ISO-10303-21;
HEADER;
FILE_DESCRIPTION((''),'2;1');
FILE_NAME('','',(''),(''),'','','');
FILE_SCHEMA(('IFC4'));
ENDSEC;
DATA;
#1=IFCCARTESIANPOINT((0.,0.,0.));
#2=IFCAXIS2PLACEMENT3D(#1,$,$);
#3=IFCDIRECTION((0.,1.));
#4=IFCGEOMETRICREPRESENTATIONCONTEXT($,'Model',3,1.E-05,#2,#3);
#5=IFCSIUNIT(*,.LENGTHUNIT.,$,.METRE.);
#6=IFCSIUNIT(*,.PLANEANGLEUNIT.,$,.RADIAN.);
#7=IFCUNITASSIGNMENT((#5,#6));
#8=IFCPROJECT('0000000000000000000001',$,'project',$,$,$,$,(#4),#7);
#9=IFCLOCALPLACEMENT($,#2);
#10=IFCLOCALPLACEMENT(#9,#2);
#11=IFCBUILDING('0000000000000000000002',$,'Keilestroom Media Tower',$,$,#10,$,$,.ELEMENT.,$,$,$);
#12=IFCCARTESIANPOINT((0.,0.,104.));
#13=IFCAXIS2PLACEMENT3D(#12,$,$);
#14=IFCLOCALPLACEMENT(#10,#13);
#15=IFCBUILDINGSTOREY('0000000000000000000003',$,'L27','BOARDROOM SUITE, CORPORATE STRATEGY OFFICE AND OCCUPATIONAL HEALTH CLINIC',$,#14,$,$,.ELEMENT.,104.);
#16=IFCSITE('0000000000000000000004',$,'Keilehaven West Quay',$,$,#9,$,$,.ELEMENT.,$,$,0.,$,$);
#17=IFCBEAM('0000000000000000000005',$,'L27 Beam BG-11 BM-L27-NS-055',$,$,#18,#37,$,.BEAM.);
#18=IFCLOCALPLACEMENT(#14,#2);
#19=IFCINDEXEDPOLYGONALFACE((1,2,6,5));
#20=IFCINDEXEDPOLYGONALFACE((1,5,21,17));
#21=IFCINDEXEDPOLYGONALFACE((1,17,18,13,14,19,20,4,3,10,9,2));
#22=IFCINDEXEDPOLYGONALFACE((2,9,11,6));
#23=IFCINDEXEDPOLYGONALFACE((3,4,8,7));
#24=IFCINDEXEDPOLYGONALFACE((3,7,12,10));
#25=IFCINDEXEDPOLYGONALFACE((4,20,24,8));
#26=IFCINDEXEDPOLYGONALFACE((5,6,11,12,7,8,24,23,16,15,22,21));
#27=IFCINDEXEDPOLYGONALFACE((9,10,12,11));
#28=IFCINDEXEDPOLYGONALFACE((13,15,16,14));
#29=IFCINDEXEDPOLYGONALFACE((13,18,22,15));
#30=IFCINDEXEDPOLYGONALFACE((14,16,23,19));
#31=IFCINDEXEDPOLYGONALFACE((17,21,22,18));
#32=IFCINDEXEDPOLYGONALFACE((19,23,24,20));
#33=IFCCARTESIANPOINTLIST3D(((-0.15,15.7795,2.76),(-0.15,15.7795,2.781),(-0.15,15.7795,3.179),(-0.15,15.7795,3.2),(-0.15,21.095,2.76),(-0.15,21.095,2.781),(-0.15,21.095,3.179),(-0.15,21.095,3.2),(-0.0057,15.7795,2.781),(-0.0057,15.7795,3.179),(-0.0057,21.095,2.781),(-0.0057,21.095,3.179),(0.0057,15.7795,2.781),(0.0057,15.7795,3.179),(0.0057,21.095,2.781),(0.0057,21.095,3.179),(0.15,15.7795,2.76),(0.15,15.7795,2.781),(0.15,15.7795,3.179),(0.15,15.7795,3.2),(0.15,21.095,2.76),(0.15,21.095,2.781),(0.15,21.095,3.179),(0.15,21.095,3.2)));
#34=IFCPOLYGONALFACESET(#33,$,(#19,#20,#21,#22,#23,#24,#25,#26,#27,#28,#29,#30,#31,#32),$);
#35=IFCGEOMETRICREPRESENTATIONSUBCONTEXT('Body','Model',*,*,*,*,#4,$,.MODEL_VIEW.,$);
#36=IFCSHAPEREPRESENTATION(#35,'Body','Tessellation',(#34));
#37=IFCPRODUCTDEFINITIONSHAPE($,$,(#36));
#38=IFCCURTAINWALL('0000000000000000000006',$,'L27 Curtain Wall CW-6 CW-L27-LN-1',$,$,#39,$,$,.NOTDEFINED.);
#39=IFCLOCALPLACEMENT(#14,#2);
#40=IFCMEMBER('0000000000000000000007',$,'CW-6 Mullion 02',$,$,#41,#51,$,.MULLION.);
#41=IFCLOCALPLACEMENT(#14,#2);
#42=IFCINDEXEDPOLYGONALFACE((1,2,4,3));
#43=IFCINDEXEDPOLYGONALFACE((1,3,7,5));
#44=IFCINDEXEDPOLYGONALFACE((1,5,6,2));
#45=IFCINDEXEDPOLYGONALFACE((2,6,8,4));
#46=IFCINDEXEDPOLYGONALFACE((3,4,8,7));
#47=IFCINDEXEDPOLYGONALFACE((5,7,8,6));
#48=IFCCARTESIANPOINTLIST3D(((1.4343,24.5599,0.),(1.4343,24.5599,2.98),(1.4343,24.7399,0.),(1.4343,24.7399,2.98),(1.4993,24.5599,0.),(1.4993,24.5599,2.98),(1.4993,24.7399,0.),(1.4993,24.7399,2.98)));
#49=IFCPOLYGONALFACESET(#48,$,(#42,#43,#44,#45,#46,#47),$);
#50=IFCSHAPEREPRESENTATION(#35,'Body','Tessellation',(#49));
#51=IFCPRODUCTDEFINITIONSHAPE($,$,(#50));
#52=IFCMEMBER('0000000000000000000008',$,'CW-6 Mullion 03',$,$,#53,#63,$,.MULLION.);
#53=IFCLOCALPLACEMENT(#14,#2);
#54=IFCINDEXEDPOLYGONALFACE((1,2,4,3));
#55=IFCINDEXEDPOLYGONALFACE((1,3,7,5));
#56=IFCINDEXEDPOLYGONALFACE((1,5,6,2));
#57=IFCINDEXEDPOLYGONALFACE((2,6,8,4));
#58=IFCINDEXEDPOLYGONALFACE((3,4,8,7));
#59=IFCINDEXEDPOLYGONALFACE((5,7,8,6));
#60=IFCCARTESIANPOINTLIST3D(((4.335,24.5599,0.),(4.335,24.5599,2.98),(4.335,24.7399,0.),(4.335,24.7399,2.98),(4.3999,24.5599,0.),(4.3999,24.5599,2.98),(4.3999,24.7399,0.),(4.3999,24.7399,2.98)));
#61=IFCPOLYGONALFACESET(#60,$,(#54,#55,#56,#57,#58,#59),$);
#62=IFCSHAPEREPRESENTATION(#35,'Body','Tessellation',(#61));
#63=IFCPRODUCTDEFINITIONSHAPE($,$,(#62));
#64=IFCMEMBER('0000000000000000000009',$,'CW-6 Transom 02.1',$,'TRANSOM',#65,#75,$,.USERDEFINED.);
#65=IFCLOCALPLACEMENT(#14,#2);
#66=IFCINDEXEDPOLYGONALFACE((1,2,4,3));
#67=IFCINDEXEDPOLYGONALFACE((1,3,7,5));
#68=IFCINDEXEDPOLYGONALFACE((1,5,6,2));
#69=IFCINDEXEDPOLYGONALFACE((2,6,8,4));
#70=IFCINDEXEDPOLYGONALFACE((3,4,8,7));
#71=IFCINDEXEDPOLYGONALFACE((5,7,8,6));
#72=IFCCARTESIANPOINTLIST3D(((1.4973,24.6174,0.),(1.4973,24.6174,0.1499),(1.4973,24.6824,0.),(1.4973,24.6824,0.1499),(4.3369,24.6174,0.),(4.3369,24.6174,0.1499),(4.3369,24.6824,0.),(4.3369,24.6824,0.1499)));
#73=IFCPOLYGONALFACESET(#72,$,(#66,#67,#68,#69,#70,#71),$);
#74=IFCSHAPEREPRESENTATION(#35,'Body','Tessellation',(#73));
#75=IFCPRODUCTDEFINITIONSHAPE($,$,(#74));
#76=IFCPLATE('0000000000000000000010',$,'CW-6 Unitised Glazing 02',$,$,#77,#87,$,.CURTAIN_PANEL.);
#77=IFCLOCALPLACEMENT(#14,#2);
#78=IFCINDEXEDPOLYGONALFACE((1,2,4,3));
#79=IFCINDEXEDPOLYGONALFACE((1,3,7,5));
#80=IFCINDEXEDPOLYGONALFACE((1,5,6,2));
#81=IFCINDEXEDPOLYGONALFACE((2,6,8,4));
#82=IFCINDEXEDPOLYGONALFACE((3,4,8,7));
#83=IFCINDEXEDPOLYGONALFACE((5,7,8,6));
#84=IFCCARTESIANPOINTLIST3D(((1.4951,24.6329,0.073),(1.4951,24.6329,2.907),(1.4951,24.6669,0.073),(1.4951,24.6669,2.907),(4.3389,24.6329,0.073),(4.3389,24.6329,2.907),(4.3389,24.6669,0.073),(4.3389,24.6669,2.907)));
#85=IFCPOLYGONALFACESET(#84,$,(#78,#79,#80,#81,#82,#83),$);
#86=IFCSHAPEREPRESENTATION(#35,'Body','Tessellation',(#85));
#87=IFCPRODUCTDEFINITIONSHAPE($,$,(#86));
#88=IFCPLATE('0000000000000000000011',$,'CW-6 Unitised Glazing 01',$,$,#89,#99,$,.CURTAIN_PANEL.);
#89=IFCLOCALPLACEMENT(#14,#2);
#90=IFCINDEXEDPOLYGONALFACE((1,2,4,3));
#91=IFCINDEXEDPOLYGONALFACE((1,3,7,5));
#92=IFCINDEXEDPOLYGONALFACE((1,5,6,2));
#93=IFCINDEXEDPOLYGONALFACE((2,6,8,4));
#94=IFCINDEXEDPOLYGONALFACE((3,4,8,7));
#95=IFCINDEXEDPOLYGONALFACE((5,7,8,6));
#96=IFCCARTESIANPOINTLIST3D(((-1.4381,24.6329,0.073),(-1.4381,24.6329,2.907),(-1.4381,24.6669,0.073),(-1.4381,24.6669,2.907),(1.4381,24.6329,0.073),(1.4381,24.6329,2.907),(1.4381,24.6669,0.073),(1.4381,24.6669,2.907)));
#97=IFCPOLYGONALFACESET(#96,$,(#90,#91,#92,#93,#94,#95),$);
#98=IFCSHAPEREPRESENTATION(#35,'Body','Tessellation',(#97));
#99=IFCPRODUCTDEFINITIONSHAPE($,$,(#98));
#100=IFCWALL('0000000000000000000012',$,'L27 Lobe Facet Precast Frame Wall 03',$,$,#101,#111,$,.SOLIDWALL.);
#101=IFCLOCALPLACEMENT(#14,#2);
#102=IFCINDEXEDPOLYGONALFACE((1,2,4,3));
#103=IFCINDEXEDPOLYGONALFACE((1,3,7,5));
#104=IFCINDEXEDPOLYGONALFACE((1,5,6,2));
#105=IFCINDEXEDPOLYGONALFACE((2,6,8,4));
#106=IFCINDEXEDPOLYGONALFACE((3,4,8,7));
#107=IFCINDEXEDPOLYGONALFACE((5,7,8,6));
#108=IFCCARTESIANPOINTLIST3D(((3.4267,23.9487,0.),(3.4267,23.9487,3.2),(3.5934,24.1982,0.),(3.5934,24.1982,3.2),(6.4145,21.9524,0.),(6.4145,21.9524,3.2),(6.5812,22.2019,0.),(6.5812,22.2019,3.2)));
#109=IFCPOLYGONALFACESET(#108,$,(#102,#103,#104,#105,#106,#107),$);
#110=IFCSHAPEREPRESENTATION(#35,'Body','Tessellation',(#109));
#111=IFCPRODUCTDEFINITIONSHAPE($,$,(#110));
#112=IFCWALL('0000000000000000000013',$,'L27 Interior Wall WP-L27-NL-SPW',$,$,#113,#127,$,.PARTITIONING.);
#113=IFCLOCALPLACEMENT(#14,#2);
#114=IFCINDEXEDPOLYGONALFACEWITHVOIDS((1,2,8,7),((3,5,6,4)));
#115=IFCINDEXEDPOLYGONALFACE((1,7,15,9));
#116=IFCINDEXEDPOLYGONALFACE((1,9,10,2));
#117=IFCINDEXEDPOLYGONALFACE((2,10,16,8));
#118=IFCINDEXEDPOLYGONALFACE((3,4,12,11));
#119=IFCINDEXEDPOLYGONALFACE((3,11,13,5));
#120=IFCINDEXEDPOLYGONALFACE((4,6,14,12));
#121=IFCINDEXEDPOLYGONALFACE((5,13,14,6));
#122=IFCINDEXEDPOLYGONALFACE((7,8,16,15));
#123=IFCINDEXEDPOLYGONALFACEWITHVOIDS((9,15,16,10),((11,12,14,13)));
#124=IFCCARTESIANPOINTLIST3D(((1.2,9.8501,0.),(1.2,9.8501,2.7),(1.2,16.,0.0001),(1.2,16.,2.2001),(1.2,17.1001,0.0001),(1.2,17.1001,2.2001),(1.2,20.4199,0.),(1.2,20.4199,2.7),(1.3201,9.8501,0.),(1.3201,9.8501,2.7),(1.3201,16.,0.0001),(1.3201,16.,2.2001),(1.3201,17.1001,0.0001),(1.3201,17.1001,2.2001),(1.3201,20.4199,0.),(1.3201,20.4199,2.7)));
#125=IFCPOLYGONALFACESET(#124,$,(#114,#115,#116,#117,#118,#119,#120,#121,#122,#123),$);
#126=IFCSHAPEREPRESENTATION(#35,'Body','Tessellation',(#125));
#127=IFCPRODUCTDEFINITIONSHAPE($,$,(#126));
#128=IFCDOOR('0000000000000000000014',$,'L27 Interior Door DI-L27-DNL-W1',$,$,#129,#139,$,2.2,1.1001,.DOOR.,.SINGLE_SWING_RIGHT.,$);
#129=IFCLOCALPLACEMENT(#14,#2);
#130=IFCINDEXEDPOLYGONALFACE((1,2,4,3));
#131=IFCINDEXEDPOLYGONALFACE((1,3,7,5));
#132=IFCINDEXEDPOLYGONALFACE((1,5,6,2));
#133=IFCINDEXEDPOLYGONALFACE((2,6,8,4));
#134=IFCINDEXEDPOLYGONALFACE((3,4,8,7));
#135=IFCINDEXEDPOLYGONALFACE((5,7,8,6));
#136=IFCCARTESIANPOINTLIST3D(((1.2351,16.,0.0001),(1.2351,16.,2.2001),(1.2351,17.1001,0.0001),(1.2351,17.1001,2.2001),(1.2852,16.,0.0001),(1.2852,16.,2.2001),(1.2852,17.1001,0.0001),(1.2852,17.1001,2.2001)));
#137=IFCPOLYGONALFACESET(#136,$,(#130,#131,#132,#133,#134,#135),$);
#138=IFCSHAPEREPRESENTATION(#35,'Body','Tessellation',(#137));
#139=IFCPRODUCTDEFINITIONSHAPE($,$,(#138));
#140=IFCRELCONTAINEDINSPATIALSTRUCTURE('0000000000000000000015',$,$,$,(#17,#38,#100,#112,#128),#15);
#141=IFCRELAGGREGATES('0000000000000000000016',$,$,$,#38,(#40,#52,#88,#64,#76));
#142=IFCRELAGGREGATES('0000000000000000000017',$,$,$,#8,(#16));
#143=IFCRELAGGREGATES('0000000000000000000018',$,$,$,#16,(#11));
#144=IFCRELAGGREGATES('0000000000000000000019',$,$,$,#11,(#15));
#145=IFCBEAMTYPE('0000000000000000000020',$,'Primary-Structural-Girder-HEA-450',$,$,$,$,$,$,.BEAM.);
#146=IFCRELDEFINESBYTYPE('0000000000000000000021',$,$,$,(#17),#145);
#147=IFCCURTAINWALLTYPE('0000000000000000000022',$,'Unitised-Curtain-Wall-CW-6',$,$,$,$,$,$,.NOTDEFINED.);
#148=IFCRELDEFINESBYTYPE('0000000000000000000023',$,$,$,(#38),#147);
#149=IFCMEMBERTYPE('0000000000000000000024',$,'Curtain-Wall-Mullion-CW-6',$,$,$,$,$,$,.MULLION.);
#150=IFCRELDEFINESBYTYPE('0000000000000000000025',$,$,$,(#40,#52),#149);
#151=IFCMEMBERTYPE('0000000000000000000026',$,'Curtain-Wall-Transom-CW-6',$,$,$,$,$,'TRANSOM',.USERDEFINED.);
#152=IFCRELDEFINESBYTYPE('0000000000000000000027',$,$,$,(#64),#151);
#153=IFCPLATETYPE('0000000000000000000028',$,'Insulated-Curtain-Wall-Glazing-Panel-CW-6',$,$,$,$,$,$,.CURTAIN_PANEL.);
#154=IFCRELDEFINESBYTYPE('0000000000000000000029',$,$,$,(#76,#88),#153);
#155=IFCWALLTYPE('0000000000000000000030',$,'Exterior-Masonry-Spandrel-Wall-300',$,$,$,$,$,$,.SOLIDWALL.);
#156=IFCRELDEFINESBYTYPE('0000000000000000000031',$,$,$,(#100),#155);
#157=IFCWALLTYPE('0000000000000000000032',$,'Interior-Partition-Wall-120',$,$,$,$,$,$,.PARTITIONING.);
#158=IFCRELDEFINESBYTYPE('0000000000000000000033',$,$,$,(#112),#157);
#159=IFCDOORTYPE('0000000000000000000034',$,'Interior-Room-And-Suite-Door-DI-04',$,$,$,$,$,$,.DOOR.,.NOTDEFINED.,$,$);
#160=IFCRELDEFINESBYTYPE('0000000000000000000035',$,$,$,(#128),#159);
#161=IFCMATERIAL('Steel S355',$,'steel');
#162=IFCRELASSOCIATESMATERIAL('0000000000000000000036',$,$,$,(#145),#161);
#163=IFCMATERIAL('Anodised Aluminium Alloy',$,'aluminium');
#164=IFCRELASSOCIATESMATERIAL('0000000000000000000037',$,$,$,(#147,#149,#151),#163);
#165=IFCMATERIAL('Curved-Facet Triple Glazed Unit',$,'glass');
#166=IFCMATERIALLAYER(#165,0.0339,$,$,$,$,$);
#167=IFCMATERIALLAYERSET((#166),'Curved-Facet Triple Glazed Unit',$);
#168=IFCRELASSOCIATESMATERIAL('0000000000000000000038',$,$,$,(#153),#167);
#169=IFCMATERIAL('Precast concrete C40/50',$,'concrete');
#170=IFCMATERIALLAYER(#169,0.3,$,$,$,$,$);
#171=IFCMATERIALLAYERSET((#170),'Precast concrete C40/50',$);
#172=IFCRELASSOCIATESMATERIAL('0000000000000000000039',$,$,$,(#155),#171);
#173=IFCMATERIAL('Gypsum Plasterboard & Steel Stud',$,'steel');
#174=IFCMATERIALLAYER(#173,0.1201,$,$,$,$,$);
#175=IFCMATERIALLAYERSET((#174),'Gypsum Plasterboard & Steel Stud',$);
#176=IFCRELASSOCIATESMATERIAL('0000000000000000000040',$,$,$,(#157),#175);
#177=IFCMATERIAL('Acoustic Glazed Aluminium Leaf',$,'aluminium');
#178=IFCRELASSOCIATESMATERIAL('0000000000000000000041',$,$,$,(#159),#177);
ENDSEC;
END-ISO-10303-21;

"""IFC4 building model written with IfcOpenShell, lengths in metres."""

from ifc_helpers import new_model, si_unit, direction, frame, frame_2d, origin, origin_2d, place, context, subcontext, project, spatial, rectangle, i_section, extrude, source, transform, mapped, material, layer, layer_set, material_profile, profile_set, type_object, element, fill, aggregate, save


model = new_model("IFC4")

# Units and contexts
model_context = context("Model", 3, precision=1e-05, world=origin(), true_north=direction((0.0, 1.0)))
body_context = subcontext(model_context, "Body", "Model", "MODEL_VIEW")
ifc_project = project(units=[si_unit("LENGTHUNIT", "METRE"), si_unit("PLANEANGLEUNIT", "RADIAN")], contexts=[model_context])

# Site, building, storey
site_placement = place(None, origin())
site = spatial("IfcSite", under=ifc_project, at=site_placement, Name="Keilehaven West Quay", CompositionType="ELEMENT", RefElevation=0.0)
building_placement = place(site_placement, origin())
building = spatial("IfcBuilding", under=site, at=building_placement, Name="Keilestroom Media Tower", CompositionType="ELEMENT")
storey_placement = place(building_placement, frame((0.0, 0.0, 104.0)))
storey = spatial("IfcBuildingStorey", under=building, at=storey_placement, Name="L27", Description="BOARDROOM SUITE, CORPORATE STRATEGY OFFICE AND OCCUPATIONAL HEALTH CLINIC", CompositionType="ELEMENT", Elevation=104.0)

# Shared definitions
ifc_material_1 = material(Name="Steel S355", Category="steel")

# Beam
ifc_material_profile_1 = material_profile(ifc_material_1, i_section(OverallWidth=0.3, OverallDepth=0.4399, WebThickness=0.0115, FlangeThickness=0.021, at=origin_2d()), Name="HEA 450")
ifc_profile_set_1 = profile_set([ifc_material_profile_1], Name="Steel S355")
beam_type_1 = type_object("IfcBeamType", Name="Primary-Structural-Girder-HEA-450", PredefinedType="BEAM", material=ifc_profile_set_1)
shared_shape_1 = source(origin(), body_context, "Body", "SweptSolid", [
    extrude(i_section(OverallWidth=0.3, OverallDepth=0.4399, WebThickness=0.0115, FlangeThickness=0.021, at=origin_2d()), origin(), (0.0, 0.0, 1.0), 5.3154),
])
beam_1_placement = place(storey_placement, frame((0.0, 15.7795, 2.98), z_axis=(0.0, 1.0, 0.0), x_axis=(-1.0, 0.0, 0.0)))
element("IfcBeam", 1, at=beam_1_placement, inside=storey, type_object=beam_type_1, Name="L27 Beam BG-11 BM-L27-NS-055", PredefinedType="BEAM", context=body_context, shape_type="MappedRepresentation", body=[
    mapped(shared_shape_1, transform((0.0, 0.0, 0.0), x_axis=(1.0, 0.0, 0.0), y_axis=(0.0, 1.0, 0.0), z_axis=(0.0, 0.0, 1.0), scale=1.0)),
])

# Curtain wall, members, plates
ifc_material_2 = material(Name="Anodised Aluminium Alloy", Category="aluminium")
curtain_wall_type = type_object("IfcCurtainWallType", Name="Unitised-Curtain-Wall-CW-6", PredefinedType="NOTDEFINED", material=ifc_material_2)
curtain_wall_placement = place(storey_placement, origin())
curtain_wall = element("IfcCurtainWall", 2, at=curtain_wall_placement, inside=storey, type_object=curtain_wall_type, Name="L27 Curtain Wall CW-6 CW-L27-LN-1", PredefinedType="NOTDEFINED")
ifc_material_profile_2 = material_profile(ifc_material_2, rectangle(XDim=0.0649, YDim=0.1799, at=origin_2d()), Name="ALU MULLION 65x180")
ifc_profile_set_2 = profile_set([ifc_material_profile_2], Name="Anodised Aluminium Alloy")
member_type_1 = type_object("IfcMemberType", Name="Curtain-Wall-Mullion-CW-6", PredefinedType="MULLION", material=ifc_profile_set_2)
shared_shape_2 = source(origin(), body_context, "Body", "SweptSolid", [
    extrude(rectangle(XDim=0.0649, YDim=0.1799, at=origin_2d()), origin(), (0.0, 0.0, 1.0), 2.98),
])
member_1_placement = place(storey_placement, frame((1.4668, 24.6499, 0.0), z_axis=(0.0, 0.0, 1.0), x_axis=(1.0, 0.0, 0.0)))
member_1 = element("IfcMember", 3, at=member_1_placement, type_object=member_type_1, Name="CW-6 Mullion 02", PredefinedType="MULLION", context=body_context, shape_type="MappedRepresentation", body=[
    mapped(shared_shape_2, transform((0.0, 0.0, 0.0), x_axis=(1.0, 0.0, 0.0), y_axis=(0.0, 1.0, 0.0), z_axis=(0.0, 0.0, 1.0), scale=1.0)),
])
member_2_placement = place(storey_placement, frame((4.3674, 24.6499, 0.0), z_axis=(0.0, 0.0, 1.0), x_axis=(1.0, 0.0, 0.0)))
member_2 = element("IfcMember", 4, at=member_2_placement, type_object=member_type_1, Name="CW-6 Mullion 03", PredefinedType="MULLION", context=body_context, shape_type="MappedRepresentation", body=[
    mapped(shared_shape_2, transform((0.0, 0.0, 0.0), x_axis=(1.0, 0.0, 0.0), y_axis=(0.0, 1.0, 0.0), z_axis=(0.0, 0.0, 1.0), scale=1.0)),
])
ifc_material_profile_3 = material_profile(ifc_material_2, rectangle(XDim=0.0649, YDim=0.1499, at=origin_2d()), Name="ALU TRANSOM 65x150")
ifc_profile_set_3 = profile_set([ifc_material_profile_3], Name="Anodised Aluminium Alloy")
member_type_2 = type_object("IfcMemberType", Name="Curtain-Wall-Transom-CW-6", ElementType="TRANSOM", PredefinedType="USERDEFINED", material=ifc_profile_set_3)
shared_shape_3 = source(origin(), body_context, "Body", "SweptSolid", [
    extrude(rectangle(XDim=0.0649, YDim=0.1499, at=origin_2d()), origin(), (0.0, 0.0, 1.0), 2.8396),
])
member_3_placement = place(storey_placement, frame((1.4973, 24.6499, 0.075), z_axis=(1.0, 0.0, 0.0), x_axis=(0.0, 1.0, 0.0)))
member_3 = element("IfcMember", 5, at=member_3_placement, type_object=member_type_2, Name="CW-6 Transom 02.1", ObjectType="TRANSOM", PredefinedType="USERDEFINED", context=body_context, shape_type="MappedRepresentation", body=[
    mapped(shared_shape_3, transform((0.0, 0.0, 0.0), x_axis=(1.0, 0.0, 0.0), y_axis=(0.0, 1.0, 0.0), z_axis=(0.0, 0.0, 1.0), scale=1.0)),
])
ifc_material_3 = material(Name="Curved-Facet Triple Glazed Unit", Category="glass")
ifc_layer_1 = layer(ifc_material_3, 0.0339)
ifc_layer_set_1 = layer_set([ifc_layer_1], Name="Curved-Facet Triple Glazed Unit")
plate_type = type_object("IfcPlateType", Name="Insulated-Curtain-Wall-Glazing-Panel-CW-6", PredefinedType="CURTAIN_PANEL", material=ifc_layer_set_1)
shared_shape_4 = source(origin(), body_context, "Body", "SweptSolid", [
    extrude(rectangle(XDim=2.8438, YDim=0.0339, at=origin_2d()), origin(), (0.0, 0.0, 1.0), 2.834),
])
plate_1_placement = place(storey_placement, frame((2.917, 24.6499, 0.073), z_axis=(0.0, 0.0, 1.0), x_axis=(1.0, 0.0, 0.0)))
plate_1 = element("IfcPlate", 6, at=plate_1_placement, type_object=plate_type, Name="CW-6 Unitised Glazing 02", PredefinedType="CURTAIN_PANEL", context=body_context, shape_type="MappedRepresentation", body=[
    mapped(shared_shape_4, transform((0.0, 0.0, 0.0), x_axis=(1.0, 0.0, 0.0), y_axis=(0.0, 1.0, 0.0), z_axis=(0.0, 0.0, 1.0), scale=1.0)),
])
shared_shape_5 = source(origin(), body_context, "Body", "SweptSolid", [
    extrude(rectangle(XDim=2.8762, YDim=0.0339, at=origin_2d()), origin(), (0.0, 0.0, 1.0), 2.834),
])
plate_2_placement = place(storey_placement, frame((0.0, 24.6499, 0.073), z_axis=(0.0, 0.0, 1.0), x_axis=(1.0, 0.0, 0.0)))
plate_2 = element("IfcPlate", 7, at=plate_2_placement, type_object=plate_type, Name="CW-6 Unitised Glazing 01", PredefinedType="CURTAIN_PANEL", context=body_context, shape_type="MappedRepresentation", body=[
    mapped(shared_shape_5, transform((0.0, 0.0, 0.0), x_axis=(1.0, 0.0, 0.0), y_axis=(0.0, 1.0, 0.0), z_axis=(0.0, 0.0, 1.0), scale=1.0)),
])
aggregate(curtain_wall, [member_1, member_2, plate_2, member_3, plate_1])

# Wall
ifc_material_4 = material(Name="Precast concrete C40/50", Category="concrete")
ifc_layer_2 = layer(ifc_material_4, 0.3)
ifc_layer_set_2 = layer_set([ifc_layer_2], Name="Precast concrete C40/50")
wall_type_1 = type_object("IfcWallType", Name="Exterior-Masonry-Spandrel-Wall-300", PredefinedType="SOLIDWALL", material=ifc_layer_set_2)
wall_1_placement = place(storey_placement, frame((6.4978, 22.0771, 0.0), z_axis=(0.0, 0.0, 1.0), x_axis=(-0.831475, 0.555562, 0.0)))
element("IfcWall", 8, at=wall_1_placement, inside=storey, type_object=wall_type_1, Name="L27 Lobe Facet Precast Frame Wall 03", PredefinedType="SOLIDWALL", context=body_context, shape_type="SweptSolid", body=[
    extrude(rectangle(XDim=3.5933, YDim=0.3, at=frame_2d((1.7966, 0.0))), origin(), (0.0, 0.0, 1.0), 3.2),
])

# Wall, opening, door
ifc_material_5 = material(Name="Gypsum Plasterboard & Steel Stud", Category="steel")
ifc_layer_3 = layer(ifc_material_5, 0.1201)
ifc_layer_set_3 = layer_set([ifc_layer_3], Name="Gypsum Plasterboard & Steel Stud")
wall_type_2 = type_object("IfcWallType", Name="Interior-Partition-Wall-120", PredefinedType="PARTITIONING", material=ifc_layer_set_3)
wall_2_placement = place(storey_placement, frame((1.26, 9.8501, 0.0), z_axis=(0.0, 0.0, 1.0), x_axis=(0.0, 1.0, 0.0)))
wall_2 = element("IfcWall", 9, at=wall_2_placement, inside=storey, type_object=wall_type_2, Name="L27 Interior Wall WP-L27-NL-SPW", PredefinedType="PARTITIONING", context=body_context, shape_type="SweptSolid", body=[
    extrude(rectangle(XDim=10.5698, YDim=0.1201, at=frame_2d((5.2849, 0.0))), origin(), (0.0, 0.0, 1.0), 2.7),
])
opening_1_placement = place(wall_2_placement, frame((6.1499, 0.0, 0.0)))
opening_1 = element("IfcOpeningElement", 10, at=opening_1_placement, cuts=wall_2, PredefinedType="OPENING", context=body_context, shape_type="SweptSolid", body=[
    extrude(rectangle(XDim=1.1001, YDim=2.2, at=frame_2d((0.55, 1.1001))), frame((0.0, 0.0701, 0.0), z_axis=(0.0, -1.0, 0.0), x_axis=(1.0, 0.0, 0.0)), (0.0, 0.0, 1.0), 0.1401),
])
ifc_material_6 = material(Name="Acoustic Glazed Aluminium Leaf", Category="aluminium")
door_type_1 = type_object("IfcDoorType", Name="Interior-Room-And-Suite-Door-DI-04", OperationType="NOTDEFINED", PredefinedType="DOOR", material=ifc_material_6)
shared_shape_6 = source(origin(), body_context, "Body", "SweptSolid", [
    extrude(rectangle(XDim=1.1001, YDim=2.2, at=frame_2d((0.55, 1.1001))), frame((0.0, 0.0249, 0.0), z_axis=(0.0, -1.0, 0.0), x_axis=(1.0, 0.0, 0.0)), (0.0, 0.0, 1.0), 0.05),
])
door_1_placement = place(opening_1_placement, origin())
door_1 = element("IfcDoor", 11, at=door_1_placement, inside=storey, type_object=door_type_1, Name="L27 Interior Door DI-L27-DNL-W1", OperationType="SINGLE_SWING_RIGHT", OverallHeight=2.2, OverallWidth=1.1001, PredefinedType="DOOR", context=body_context, shape_type="MappedRepresentation", body=[
    mapped(shared_shape_6, transform((0.0, 0.0, 0.0), x_axis=(1.0, 0.0, 0.0), y_axis=(0.0, 1.0, 0.0), z_axis=(0.0, 0.0, 1.0), scale=1.0)),
])
fill(opening_1, door_1)

save(model, "model.ifc")
